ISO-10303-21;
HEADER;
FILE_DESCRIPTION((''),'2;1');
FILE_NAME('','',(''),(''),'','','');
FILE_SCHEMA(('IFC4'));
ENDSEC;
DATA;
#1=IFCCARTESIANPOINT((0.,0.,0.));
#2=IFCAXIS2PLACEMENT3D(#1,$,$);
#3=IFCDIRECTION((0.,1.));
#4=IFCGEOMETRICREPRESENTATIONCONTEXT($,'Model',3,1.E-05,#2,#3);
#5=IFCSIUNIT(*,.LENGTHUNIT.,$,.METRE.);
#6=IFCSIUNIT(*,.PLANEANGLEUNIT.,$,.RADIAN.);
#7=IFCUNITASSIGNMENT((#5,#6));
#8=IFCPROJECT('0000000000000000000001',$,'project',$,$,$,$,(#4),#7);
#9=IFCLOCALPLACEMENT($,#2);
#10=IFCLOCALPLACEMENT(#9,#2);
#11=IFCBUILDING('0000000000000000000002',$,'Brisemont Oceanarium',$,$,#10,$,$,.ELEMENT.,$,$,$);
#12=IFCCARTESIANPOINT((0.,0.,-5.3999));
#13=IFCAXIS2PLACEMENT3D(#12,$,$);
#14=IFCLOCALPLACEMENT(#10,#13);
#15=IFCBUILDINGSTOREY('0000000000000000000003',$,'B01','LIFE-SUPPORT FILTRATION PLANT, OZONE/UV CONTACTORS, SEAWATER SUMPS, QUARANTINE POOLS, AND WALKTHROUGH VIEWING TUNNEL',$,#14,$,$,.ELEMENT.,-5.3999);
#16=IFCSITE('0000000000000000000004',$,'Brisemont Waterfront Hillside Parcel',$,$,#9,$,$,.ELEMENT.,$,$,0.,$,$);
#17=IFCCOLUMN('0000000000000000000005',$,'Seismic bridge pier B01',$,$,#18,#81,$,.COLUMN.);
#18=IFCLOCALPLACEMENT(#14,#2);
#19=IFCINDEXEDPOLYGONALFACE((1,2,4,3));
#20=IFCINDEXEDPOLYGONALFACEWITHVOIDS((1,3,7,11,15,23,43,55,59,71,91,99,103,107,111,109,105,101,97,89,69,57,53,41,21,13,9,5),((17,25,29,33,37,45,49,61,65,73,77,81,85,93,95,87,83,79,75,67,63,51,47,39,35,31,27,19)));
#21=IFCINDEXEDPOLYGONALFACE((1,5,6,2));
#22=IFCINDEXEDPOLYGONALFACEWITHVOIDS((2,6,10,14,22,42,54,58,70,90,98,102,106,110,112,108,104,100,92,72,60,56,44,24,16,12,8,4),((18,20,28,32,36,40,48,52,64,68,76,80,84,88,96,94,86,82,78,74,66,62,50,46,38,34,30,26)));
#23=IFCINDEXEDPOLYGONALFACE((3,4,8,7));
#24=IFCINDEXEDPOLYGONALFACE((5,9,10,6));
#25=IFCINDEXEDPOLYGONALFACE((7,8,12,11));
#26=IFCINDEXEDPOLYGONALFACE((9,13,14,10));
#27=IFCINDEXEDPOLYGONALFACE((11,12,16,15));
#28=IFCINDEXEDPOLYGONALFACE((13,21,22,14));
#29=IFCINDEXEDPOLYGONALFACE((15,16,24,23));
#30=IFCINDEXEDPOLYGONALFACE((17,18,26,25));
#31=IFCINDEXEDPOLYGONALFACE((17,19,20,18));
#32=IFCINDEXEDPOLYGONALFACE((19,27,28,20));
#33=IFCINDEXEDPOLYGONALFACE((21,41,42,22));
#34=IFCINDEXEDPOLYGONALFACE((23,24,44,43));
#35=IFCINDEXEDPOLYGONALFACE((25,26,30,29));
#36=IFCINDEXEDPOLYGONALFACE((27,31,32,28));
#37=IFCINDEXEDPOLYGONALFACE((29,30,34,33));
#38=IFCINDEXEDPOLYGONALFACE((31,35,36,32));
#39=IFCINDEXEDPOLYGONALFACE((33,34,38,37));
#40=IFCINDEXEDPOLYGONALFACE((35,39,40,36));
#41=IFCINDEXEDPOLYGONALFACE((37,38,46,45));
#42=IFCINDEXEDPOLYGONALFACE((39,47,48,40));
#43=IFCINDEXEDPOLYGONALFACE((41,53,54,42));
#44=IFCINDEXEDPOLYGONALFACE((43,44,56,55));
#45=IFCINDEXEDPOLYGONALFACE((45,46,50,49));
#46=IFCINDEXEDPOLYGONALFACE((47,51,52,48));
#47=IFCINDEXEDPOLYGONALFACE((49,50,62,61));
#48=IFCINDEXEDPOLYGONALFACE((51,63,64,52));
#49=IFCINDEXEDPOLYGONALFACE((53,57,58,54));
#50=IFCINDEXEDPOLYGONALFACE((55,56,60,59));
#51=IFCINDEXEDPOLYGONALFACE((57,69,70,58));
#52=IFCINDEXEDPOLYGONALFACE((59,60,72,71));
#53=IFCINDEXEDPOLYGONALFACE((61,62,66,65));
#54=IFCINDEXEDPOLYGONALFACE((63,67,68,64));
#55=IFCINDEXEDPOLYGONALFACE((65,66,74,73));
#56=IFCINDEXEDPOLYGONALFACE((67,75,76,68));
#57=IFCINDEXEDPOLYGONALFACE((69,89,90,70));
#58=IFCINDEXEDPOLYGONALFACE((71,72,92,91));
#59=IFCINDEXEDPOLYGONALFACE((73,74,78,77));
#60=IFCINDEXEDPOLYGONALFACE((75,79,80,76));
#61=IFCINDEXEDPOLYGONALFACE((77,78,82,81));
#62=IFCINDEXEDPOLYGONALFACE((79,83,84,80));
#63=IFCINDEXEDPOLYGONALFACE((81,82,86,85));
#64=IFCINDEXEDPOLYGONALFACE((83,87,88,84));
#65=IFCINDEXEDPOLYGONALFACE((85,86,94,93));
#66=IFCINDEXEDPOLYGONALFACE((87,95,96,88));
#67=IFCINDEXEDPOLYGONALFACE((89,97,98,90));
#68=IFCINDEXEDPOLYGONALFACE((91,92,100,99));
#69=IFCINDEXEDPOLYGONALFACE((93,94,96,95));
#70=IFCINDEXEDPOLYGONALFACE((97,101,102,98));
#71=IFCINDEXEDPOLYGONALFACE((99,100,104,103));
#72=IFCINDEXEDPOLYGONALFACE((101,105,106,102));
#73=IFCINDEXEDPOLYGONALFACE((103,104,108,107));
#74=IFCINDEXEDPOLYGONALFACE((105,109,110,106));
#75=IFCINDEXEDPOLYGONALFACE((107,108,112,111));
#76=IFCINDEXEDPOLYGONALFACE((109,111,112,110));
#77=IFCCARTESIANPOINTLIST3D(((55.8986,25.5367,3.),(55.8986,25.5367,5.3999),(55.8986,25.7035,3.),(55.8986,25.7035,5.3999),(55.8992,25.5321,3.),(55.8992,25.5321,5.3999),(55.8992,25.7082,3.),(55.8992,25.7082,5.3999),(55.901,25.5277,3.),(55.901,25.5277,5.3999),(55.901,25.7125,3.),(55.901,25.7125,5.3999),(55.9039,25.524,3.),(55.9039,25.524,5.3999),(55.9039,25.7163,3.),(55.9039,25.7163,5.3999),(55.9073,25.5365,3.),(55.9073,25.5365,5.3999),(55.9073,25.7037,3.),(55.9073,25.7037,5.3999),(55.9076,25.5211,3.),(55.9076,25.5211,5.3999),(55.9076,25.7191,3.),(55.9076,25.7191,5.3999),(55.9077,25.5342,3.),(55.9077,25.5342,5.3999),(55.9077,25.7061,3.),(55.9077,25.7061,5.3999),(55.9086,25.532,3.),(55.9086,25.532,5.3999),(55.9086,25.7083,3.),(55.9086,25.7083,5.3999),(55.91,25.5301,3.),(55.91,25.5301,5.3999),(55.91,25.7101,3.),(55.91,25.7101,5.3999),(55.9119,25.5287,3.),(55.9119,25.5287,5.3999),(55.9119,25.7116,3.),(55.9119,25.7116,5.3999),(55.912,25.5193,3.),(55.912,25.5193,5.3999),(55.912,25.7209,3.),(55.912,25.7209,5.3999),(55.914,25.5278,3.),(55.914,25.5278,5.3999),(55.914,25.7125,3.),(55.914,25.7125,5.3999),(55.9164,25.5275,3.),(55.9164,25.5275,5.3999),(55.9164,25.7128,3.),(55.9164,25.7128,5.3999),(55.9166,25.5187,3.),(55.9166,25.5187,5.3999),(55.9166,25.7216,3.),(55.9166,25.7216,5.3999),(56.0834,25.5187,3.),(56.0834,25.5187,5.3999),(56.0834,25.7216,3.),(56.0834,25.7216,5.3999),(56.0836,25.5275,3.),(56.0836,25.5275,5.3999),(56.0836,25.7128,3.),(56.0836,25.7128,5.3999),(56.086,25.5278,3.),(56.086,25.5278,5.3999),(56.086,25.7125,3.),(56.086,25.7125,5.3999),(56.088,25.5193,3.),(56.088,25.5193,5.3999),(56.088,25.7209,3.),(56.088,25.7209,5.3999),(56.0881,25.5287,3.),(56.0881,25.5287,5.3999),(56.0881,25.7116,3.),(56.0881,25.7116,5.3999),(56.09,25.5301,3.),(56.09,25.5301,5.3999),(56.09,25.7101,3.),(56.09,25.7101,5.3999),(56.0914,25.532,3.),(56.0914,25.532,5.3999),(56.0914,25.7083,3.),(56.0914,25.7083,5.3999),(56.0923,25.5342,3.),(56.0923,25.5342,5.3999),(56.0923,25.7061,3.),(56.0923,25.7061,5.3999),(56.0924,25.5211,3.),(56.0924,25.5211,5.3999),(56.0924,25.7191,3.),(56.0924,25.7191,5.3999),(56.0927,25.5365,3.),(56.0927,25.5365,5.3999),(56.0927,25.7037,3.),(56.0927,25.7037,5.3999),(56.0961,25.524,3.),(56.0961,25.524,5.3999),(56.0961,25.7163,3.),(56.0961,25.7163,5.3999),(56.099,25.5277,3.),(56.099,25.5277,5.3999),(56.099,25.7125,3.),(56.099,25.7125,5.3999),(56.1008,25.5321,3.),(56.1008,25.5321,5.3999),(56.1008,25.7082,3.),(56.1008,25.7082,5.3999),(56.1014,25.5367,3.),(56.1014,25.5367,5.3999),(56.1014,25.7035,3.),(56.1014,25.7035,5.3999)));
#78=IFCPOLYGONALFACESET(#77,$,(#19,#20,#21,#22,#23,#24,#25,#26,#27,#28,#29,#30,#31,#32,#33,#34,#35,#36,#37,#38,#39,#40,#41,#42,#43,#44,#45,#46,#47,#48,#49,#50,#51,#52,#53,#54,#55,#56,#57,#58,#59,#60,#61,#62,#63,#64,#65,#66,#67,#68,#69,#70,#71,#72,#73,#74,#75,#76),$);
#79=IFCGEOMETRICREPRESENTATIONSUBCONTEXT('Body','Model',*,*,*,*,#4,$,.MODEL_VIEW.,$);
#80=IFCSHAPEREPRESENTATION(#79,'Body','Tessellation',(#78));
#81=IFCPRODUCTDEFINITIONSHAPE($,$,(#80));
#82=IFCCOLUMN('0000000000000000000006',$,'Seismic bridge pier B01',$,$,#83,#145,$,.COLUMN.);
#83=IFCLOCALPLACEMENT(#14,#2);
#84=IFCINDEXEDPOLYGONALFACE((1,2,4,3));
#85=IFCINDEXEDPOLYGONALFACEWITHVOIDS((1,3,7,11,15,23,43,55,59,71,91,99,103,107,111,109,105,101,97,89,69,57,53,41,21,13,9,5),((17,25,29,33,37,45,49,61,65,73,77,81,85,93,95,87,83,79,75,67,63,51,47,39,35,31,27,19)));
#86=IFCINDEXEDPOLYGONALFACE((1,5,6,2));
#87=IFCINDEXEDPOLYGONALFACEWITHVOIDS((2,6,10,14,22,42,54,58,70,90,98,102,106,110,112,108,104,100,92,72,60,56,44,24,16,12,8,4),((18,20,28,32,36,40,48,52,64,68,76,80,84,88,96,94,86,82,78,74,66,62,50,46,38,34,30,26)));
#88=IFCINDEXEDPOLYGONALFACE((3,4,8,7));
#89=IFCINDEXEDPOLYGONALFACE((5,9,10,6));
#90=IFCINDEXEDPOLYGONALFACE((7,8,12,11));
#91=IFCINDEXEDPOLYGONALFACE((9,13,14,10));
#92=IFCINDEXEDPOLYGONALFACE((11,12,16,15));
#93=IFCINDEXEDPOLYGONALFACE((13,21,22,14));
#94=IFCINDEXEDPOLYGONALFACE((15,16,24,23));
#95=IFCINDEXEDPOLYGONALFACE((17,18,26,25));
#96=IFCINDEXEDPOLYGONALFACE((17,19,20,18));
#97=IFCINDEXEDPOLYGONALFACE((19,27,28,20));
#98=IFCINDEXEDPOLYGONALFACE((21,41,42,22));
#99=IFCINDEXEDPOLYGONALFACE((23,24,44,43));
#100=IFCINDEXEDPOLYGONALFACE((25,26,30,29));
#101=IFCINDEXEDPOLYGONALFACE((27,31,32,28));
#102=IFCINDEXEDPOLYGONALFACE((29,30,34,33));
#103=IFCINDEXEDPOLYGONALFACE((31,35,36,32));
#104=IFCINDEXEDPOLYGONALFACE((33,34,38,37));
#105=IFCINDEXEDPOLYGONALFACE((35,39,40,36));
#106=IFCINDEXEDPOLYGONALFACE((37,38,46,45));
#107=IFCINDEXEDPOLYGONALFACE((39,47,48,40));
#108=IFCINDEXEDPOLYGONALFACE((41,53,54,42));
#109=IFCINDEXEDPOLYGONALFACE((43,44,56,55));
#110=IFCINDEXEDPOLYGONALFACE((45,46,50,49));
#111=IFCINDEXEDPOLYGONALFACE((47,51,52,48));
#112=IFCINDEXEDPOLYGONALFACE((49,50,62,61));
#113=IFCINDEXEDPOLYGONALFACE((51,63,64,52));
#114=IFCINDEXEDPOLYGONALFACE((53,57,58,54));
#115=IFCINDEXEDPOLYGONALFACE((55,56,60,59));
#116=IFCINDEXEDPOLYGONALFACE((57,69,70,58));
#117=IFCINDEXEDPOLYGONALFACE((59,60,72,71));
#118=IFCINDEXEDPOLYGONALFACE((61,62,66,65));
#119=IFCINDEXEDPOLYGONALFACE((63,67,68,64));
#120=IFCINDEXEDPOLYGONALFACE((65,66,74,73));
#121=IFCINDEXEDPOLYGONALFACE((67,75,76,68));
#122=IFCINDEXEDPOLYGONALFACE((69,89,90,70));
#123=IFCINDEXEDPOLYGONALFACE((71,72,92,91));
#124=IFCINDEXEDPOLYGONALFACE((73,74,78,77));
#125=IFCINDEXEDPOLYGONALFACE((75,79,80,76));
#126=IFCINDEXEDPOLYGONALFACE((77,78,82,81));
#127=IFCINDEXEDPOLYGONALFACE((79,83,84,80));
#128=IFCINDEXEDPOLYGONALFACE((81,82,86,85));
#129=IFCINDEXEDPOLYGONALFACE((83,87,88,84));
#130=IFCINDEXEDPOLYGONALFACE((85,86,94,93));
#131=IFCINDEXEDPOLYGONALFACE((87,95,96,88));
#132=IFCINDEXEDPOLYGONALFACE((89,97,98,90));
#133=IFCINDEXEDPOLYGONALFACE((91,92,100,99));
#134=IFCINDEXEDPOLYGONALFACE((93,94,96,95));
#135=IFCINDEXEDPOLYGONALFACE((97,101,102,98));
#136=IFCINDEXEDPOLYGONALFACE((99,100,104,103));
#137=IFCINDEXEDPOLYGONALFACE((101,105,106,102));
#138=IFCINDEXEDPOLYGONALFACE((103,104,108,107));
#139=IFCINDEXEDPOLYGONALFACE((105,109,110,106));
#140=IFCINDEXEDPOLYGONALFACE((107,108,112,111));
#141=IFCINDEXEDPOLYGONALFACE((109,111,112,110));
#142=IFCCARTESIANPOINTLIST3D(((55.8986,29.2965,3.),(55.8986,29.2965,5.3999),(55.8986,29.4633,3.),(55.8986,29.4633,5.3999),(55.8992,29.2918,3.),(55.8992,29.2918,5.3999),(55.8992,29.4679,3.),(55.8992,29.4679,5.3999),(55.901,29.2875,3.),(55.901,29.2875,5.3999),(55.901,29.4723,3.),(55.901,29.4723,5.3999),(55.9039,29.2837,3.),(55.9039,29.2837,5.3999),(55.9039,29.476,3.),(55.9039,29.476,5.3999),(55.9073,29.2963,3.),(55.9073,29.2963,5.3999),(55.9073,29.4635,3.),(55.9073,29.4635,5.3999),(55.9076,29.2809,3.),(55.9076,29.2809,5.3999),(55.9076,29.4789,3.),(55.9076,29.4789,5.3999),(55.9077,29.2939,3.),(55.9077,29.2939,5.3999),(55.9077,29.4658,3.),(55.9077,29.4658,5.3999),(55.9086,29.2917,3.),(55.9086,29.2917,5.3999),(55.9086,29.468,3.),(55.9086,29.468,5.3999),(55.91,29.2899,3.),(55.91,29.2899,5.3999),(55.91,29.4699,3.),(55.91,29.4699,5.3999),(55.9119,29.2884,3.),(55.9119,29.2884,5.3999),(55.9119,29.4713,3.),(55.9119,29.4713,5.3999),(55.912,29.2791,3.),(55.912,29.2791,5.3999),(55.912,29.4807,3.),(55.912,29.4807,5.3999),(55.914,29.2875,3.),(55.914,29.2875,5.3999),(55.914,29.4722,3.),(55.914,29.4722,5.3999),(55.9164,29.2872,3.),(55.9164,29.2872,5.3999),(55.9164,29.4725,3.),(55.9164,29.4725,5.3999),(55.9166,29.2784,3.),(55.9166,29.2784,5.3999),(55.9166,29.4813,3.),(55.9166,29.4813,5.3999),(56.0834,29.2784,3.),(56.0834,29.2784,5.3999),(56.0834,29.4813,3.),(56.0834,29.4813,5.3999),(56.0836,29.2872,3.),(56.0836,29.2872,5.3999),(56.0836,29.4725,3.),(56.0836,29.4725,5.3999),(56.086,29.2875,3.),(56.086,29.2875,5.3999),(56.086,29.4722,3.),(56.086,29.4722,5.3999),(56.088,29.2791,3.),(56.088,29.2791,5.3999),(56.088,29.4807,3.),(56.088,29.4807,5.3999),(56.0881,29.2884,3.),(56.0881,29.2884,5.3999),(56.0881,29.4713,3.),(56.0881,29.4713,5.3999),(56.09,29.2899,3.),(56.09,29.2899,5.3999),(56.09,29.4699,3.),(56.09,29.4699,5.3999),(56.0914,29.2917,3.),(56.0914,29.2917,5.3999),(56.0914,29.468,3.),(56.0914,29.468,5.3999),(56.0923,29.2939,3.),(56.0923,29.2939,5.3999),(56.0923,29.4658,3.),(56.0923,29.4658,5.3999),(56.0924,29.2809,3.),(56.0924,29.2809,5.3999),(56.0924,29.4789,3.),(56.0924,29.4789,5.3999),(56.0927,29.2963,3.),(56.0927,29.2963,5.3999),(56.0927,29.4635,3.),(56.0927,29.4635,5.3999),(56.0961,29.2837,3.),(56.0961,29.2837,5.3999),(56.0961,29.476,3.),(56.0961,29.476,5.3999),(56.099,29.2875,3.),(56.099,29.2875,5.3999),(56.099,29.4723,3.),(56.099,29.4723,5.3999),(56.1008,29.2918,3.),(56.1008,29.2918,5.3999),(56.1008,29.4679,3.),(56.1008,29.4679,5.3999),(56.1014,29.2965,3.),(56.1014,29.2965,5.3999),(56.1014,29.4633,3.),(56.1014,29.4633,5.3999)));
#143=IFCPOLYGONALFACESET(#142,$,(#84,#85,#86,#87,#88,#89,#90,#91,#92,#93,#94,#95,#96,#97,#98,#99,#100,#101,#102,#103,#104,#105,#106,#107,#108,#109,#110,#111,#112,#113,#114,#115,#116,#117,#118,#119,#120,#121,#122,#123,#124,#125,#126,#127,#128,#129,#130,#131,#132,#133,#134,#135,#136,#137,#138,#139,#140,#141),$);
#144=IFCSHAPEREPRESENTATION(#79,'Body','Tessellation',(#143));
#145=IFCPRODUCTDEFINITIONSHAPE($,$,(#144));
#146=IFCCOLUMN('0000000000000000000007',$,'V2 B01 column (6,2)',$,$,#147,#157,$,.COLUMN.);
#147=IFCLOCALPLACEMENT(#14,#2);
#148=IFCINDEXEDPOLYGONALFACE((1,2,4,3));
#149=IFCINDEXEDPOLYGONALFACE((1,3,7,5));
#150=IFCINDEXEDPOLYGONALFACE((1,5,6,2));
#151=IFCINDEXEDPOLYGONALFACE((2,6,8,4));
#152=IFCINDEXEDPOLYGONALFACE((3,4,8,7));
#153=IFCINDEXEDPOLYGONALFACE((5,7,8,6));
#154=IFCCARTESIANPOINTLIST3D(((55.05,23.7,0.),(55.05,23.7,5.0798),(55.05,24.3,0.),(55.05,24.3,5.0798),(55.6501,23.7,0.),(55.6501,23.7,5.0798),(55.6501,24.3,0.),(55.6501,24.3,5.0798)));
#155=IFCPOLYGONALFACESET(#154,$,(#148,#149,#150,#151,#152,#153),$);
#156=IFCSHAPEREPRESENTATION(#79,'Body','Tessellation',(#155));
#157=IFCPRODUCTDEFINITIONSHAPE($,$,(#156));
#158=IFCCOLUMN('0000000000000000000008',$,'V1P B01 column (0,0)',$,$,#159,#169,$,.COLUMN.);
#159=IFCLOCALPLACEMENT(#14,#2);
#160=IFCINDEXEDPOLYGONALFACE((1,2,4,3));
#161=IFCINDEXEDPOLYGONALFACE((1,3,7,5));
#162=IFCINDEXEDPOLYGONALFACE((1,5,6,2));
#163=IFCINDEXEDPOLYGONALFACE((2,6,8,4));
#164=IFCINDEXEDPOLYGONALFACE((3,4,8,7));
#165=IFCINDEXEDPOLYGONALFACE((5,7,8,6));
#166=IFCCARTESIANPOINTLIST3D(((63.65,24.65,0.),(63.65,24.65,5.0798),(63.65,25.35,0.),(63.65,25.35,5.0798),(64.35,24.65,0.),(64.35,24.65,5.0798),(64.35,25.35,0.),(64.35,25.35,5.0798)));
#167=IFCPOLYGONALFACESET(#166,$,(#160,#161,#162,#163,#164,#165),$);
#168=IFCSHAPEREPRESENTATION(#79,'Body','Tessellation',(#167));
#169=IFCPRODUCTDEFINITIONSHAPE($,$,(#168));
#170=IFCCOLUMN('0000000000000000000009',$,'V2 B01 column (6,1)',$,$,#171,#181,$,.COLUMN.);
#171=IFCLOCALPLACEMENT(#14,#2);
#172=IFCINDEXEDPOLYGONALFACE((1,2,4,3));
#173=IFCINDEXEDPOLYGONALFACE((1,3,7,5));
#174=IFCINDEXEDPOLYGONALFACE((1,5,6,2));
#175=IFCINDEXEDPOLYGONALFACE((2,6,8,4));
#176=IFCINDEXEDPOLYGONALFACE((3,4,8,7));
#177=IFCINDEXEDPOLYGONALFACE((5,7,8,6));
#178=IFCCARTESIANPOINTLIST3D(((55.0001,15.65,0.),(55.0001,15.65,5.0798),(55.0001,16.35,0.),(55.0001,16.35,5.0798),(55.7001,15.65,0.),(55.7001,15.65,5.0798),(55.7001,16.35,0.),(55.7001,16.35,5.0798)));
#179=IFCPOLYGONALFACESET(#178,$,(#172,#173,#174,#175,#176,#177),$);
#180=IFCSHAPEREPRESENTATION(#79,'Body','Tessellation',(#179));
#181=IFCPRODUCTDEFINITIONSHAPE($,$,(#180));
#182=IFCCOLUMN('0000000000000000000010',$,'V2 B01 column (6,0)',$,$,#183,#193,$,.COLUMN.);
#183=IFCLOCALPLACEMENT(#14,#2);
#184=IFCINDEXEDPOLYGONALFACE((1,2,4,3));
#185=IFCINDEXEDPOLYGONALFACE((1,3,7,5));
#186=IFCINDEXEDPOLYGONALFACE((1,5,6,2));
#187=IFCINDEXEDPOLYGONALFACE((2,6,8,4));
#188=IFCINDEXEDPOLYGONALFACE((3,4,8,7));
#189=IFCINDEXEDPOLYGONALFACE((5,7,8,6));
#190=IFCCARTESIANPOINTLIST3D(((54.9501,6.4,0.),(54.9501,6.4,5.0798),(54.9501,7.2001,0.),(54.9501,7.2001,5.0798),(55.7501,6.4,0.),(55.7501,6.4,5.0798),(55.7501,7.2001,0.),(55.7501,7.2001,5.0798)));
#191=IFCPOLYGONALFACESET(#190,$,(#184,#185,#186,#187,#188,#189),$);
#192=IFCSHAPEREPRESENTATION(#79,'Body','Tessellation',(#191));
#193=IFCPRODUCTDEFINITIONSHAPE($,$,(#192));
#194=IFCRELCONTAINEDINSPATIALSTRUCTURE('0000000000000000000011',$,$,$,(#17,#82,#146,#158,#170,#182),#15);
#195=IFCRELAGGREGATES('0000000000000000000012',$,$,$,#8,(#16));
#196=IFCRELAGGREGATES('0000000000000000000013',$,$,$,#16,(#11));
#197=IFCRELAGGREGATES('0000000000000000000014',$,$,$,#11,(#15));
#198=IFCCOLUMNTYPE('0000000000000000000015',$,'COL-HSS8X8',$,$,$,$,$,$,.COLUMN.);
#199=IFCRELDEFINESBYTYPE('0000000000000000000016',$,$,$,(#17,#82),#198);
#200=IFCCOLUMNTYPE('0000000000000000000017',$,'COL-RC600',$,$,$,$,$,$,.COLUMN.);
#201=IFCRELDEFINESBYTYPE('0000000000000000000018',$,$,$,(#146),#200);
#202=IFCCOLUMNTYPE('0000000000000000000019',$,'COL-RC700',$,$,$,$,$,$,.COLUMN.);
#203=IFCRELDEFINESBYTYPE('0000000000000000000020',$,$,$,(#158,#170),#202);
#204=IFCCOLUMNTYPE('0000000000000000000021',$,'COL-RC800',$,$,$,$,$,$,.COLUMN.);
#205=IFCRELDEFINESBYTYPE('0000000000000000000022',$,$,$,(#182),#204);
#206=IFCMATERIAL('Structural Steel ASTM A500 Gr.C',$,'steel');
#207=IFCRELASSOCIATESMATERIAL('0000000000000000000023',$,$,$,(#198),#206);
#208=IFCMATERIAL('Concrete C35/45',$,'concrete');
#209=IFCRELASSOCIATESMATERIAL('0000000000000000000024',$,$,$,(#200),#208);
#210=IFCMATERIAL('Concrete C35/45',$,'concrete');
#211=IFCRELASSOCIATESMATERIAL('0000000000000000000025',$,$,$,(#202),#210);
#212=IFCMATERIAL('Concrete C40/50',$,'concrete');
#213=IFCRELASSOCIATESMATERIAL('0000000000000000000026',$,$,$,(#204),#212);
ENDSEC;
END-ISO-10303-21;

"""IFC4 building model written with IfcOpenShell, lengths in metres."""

from ifc_helpers import new_model, si_unit, direction, frame, origin, origin_2d, place, context, subcontext, project, spatial, rectangle, hollow_rectangle, extrude, material, material_profile, profile_set, type_object, element, save


model = new_model("IFC4")

# Units and contexts
model_context = context("Model", 3, precision=1e-05, world=origin(), true_north=direction((0.0, 1.0)))
body_context = subcontext(model_context, "Body", "Model", "MODEL_VIEW")
ifc_project = project(units=[si_unit("LENGTHUNIT", "METRE"), si_unit("PLANEANGLEUNIT", "RADIAN")], contexts=[model_context])

# Site, building, storey
site_placement = place(None, origin())
site = spatial("IfcSite", under=ifc_project, at=site_placement, Name="Brisemont Waterfront Hillside Parcel", CompositionType="ELEMENT", RefElevation=0.0)
building_placement = place(site_placement, origin())
building = spatial("IfcBuilding", under=site, at=building_placement, Name="Brisemont Oceanarium", CompositionType="ELEMENT")
storey_placement = place(building_placement, frame((0.0, 0.0, -5.3999)))
storey = spatial("IfcBuildingStorey", under=building, at=storey_placement, Name="B01", Description="LIFE-SUPPORT FILTRATION PLANT, OZONE/UV CONTACTORS, SEAWATER SUMPS, QUARANTINE POOLS, AND WALKTHROUGH VIEWING TUNNEL", CompositionType="ELEMENT", Elevation=-5.3999)

# Columns
ifc_material_1 = material(Name="Structural Steel ASTM A500 Gr.C", Category="steel")
ifc_material_profile_1 = material_profile(ifc_material_1, hollow_rectangle(XDim=0.2029, YDim=0.2029, WallThickness=0.0088, InnerFilletRadius=0.009, OuterFilletRadius=0.0181, at=origin_2d()), Name="HSS8X8X3/8")
ifc_profile_set_1 = profile_set([ifc_material_profile_1], Name="Structural Steel ASTM A500 Gr.C")
column_type_1 = type_object("IfcColumnType", Name="COL-HSS8X8", PredefinedType="COLUMN", material=ifc_profile_set_1)
for number, where, z_axis, x_axis, name in (
    (1, (56.0, 25.6201, 3.0), (0.0, 0.0, 1.0), (1.0, 0.0, 0.0), "Seismic bridge pier B01"),
    (2, (56.0, 29.3799, 3.0), (0.0, 0.0, 1.0), (1.0, 0.0, 0.0), "Seismic bridge pier B01"),
):
    element("IfcColumn", number, at=place(storey_placement, frame(where, z_axis=z_axis, x_axis=x_axis)), inside=storey, type_object=column_type_1, Name=name, PredefinedType="COLUMN", context=body_context, shape_type="SweptSolid", body=[
        extrude(hollow_rectangle(XDim=0.2029, YDim=0.2029, WallThickness=0.0088, InnerFilletRadius=0.009, OuterFilletRadius=0.0181, at=origin_2d()), origin(), (0.0, 0.0, 1.0), 2.3999),
    ])
ifc_material_2 = material(Name="Concrete C35/45", Category="concrete")
ifc_material_profile_2 = material_profile(ifc_material_2, rectangle(XDim=0.6001, YDim=0.6001, at=origin_2d()), Name="RC-COL-600X600")
ifc_profile_set_2 = profile_set([ifc_material_profile_2], Name="Concrete C35/45")
column_type_2 = type_object("IfcColumnType", Name="COL-RC600", PredefinedType="COLUMN", material=ifc_profile_set_2)
column_1_placement = place(storey_placement, frame((55.3501, 24.0, 0.0), z_axis=(0.0, 0.0, 1.0), x_axis=(1.0, 0.0, 0.0)))
element("IfcColumn", 3, at=column_1_placement, inside=storey, type_object=column_type_2, Name="V2 B01 column (6,2)", PredefinedType="COLUMN", context=body_context, shape_type="SweptSolid", body=[
    extrude(rectangle(XDim=0.6001, YDim=0.6001, at=origin_2d()), origin(), (0.0, 0.0, 1.0), 5.0798),
])
ifc_material_3 = material(Name="Concrete C35/45", Category="concrete")
ifc_material_profile_3 = material_profile(ifc_material_3, rectangle(XDim=0.7, YDim=0.7, at=origin_2d()), Name="RC-COL-700X700")
ifc_profile_set_3 = profile_set([ifc_material_profile_3], Name="Concrete C35/45")
column_type_3 = type_object("IfcColumnType", Name="COL-RC700", PredefinedType="COLUMN", material=ifc_profile_set_3)
for number, where, z_axis, x_axis, name in (
    (4, (64.0, 25.0, 0.0), (0.0, 0.0, 1.0), (1.0, 0.0, 0.0), "V1P B01 column (0,0)"),
    (5, (55.3501, 16.0, 0.0), (0.0, 0.0, 1.0), (0.0, 1.0, 0.0), "V2 B01 column (6,1)"),
):
    element("IfcColumn", number, at=place(storey_placement, frame(where, z_axis=z_axis, x_axis=x_axis)), inside=storey, type_object=column_type_3, Name=name, PredefinedType="COLUMN", context=body_context, shape_type="SweptSolid", body=[
        extrude(rectangle(XDim=0.7, YDim=0.7, at=origin_2d()), origin(), (0.0, 0.0, 1.0), 5.0798),
    ])
ifc_material_4 = material(Name="Concrete C40/50", Category="concrete")
ifc_material_profile_4 = material_profile(ifc_material_4, rectangle(XDim=0.8, YDim=0.8, at=origin_2d()), Name="RC-COL-800X800")
ifc_profile_set_4 = profile_set([ifc_material_profile_4], Name="Concrete C40/50")
column_type_4 = type_object("IfcColumnType", Name="COL-RC800", PredefinedType="COLUMN", material=ifc_profile_set_4)
column_2_placement = place(storey_placement, frame((55.3501, 6.8, 0.0), z_axis=(0.0, 0.0, 1.0), x_axis=(1.0, 0.0, 0.0)))
element("IfcColumn", 6, at=column_2_placement, inside=storey, type_object=column_type_4, Name="V2 B01 column (6,0)", PredefinedType="COLUMN", context=body_context, shape_type="SweptSolid", body=[
    extrude(rectangle(XDim=0.8, YDim=0.8, at=origin_2d()), origin(), (0.0, 0.0, 1.0), 5.0798),
])

save(model, "model.ifc")
